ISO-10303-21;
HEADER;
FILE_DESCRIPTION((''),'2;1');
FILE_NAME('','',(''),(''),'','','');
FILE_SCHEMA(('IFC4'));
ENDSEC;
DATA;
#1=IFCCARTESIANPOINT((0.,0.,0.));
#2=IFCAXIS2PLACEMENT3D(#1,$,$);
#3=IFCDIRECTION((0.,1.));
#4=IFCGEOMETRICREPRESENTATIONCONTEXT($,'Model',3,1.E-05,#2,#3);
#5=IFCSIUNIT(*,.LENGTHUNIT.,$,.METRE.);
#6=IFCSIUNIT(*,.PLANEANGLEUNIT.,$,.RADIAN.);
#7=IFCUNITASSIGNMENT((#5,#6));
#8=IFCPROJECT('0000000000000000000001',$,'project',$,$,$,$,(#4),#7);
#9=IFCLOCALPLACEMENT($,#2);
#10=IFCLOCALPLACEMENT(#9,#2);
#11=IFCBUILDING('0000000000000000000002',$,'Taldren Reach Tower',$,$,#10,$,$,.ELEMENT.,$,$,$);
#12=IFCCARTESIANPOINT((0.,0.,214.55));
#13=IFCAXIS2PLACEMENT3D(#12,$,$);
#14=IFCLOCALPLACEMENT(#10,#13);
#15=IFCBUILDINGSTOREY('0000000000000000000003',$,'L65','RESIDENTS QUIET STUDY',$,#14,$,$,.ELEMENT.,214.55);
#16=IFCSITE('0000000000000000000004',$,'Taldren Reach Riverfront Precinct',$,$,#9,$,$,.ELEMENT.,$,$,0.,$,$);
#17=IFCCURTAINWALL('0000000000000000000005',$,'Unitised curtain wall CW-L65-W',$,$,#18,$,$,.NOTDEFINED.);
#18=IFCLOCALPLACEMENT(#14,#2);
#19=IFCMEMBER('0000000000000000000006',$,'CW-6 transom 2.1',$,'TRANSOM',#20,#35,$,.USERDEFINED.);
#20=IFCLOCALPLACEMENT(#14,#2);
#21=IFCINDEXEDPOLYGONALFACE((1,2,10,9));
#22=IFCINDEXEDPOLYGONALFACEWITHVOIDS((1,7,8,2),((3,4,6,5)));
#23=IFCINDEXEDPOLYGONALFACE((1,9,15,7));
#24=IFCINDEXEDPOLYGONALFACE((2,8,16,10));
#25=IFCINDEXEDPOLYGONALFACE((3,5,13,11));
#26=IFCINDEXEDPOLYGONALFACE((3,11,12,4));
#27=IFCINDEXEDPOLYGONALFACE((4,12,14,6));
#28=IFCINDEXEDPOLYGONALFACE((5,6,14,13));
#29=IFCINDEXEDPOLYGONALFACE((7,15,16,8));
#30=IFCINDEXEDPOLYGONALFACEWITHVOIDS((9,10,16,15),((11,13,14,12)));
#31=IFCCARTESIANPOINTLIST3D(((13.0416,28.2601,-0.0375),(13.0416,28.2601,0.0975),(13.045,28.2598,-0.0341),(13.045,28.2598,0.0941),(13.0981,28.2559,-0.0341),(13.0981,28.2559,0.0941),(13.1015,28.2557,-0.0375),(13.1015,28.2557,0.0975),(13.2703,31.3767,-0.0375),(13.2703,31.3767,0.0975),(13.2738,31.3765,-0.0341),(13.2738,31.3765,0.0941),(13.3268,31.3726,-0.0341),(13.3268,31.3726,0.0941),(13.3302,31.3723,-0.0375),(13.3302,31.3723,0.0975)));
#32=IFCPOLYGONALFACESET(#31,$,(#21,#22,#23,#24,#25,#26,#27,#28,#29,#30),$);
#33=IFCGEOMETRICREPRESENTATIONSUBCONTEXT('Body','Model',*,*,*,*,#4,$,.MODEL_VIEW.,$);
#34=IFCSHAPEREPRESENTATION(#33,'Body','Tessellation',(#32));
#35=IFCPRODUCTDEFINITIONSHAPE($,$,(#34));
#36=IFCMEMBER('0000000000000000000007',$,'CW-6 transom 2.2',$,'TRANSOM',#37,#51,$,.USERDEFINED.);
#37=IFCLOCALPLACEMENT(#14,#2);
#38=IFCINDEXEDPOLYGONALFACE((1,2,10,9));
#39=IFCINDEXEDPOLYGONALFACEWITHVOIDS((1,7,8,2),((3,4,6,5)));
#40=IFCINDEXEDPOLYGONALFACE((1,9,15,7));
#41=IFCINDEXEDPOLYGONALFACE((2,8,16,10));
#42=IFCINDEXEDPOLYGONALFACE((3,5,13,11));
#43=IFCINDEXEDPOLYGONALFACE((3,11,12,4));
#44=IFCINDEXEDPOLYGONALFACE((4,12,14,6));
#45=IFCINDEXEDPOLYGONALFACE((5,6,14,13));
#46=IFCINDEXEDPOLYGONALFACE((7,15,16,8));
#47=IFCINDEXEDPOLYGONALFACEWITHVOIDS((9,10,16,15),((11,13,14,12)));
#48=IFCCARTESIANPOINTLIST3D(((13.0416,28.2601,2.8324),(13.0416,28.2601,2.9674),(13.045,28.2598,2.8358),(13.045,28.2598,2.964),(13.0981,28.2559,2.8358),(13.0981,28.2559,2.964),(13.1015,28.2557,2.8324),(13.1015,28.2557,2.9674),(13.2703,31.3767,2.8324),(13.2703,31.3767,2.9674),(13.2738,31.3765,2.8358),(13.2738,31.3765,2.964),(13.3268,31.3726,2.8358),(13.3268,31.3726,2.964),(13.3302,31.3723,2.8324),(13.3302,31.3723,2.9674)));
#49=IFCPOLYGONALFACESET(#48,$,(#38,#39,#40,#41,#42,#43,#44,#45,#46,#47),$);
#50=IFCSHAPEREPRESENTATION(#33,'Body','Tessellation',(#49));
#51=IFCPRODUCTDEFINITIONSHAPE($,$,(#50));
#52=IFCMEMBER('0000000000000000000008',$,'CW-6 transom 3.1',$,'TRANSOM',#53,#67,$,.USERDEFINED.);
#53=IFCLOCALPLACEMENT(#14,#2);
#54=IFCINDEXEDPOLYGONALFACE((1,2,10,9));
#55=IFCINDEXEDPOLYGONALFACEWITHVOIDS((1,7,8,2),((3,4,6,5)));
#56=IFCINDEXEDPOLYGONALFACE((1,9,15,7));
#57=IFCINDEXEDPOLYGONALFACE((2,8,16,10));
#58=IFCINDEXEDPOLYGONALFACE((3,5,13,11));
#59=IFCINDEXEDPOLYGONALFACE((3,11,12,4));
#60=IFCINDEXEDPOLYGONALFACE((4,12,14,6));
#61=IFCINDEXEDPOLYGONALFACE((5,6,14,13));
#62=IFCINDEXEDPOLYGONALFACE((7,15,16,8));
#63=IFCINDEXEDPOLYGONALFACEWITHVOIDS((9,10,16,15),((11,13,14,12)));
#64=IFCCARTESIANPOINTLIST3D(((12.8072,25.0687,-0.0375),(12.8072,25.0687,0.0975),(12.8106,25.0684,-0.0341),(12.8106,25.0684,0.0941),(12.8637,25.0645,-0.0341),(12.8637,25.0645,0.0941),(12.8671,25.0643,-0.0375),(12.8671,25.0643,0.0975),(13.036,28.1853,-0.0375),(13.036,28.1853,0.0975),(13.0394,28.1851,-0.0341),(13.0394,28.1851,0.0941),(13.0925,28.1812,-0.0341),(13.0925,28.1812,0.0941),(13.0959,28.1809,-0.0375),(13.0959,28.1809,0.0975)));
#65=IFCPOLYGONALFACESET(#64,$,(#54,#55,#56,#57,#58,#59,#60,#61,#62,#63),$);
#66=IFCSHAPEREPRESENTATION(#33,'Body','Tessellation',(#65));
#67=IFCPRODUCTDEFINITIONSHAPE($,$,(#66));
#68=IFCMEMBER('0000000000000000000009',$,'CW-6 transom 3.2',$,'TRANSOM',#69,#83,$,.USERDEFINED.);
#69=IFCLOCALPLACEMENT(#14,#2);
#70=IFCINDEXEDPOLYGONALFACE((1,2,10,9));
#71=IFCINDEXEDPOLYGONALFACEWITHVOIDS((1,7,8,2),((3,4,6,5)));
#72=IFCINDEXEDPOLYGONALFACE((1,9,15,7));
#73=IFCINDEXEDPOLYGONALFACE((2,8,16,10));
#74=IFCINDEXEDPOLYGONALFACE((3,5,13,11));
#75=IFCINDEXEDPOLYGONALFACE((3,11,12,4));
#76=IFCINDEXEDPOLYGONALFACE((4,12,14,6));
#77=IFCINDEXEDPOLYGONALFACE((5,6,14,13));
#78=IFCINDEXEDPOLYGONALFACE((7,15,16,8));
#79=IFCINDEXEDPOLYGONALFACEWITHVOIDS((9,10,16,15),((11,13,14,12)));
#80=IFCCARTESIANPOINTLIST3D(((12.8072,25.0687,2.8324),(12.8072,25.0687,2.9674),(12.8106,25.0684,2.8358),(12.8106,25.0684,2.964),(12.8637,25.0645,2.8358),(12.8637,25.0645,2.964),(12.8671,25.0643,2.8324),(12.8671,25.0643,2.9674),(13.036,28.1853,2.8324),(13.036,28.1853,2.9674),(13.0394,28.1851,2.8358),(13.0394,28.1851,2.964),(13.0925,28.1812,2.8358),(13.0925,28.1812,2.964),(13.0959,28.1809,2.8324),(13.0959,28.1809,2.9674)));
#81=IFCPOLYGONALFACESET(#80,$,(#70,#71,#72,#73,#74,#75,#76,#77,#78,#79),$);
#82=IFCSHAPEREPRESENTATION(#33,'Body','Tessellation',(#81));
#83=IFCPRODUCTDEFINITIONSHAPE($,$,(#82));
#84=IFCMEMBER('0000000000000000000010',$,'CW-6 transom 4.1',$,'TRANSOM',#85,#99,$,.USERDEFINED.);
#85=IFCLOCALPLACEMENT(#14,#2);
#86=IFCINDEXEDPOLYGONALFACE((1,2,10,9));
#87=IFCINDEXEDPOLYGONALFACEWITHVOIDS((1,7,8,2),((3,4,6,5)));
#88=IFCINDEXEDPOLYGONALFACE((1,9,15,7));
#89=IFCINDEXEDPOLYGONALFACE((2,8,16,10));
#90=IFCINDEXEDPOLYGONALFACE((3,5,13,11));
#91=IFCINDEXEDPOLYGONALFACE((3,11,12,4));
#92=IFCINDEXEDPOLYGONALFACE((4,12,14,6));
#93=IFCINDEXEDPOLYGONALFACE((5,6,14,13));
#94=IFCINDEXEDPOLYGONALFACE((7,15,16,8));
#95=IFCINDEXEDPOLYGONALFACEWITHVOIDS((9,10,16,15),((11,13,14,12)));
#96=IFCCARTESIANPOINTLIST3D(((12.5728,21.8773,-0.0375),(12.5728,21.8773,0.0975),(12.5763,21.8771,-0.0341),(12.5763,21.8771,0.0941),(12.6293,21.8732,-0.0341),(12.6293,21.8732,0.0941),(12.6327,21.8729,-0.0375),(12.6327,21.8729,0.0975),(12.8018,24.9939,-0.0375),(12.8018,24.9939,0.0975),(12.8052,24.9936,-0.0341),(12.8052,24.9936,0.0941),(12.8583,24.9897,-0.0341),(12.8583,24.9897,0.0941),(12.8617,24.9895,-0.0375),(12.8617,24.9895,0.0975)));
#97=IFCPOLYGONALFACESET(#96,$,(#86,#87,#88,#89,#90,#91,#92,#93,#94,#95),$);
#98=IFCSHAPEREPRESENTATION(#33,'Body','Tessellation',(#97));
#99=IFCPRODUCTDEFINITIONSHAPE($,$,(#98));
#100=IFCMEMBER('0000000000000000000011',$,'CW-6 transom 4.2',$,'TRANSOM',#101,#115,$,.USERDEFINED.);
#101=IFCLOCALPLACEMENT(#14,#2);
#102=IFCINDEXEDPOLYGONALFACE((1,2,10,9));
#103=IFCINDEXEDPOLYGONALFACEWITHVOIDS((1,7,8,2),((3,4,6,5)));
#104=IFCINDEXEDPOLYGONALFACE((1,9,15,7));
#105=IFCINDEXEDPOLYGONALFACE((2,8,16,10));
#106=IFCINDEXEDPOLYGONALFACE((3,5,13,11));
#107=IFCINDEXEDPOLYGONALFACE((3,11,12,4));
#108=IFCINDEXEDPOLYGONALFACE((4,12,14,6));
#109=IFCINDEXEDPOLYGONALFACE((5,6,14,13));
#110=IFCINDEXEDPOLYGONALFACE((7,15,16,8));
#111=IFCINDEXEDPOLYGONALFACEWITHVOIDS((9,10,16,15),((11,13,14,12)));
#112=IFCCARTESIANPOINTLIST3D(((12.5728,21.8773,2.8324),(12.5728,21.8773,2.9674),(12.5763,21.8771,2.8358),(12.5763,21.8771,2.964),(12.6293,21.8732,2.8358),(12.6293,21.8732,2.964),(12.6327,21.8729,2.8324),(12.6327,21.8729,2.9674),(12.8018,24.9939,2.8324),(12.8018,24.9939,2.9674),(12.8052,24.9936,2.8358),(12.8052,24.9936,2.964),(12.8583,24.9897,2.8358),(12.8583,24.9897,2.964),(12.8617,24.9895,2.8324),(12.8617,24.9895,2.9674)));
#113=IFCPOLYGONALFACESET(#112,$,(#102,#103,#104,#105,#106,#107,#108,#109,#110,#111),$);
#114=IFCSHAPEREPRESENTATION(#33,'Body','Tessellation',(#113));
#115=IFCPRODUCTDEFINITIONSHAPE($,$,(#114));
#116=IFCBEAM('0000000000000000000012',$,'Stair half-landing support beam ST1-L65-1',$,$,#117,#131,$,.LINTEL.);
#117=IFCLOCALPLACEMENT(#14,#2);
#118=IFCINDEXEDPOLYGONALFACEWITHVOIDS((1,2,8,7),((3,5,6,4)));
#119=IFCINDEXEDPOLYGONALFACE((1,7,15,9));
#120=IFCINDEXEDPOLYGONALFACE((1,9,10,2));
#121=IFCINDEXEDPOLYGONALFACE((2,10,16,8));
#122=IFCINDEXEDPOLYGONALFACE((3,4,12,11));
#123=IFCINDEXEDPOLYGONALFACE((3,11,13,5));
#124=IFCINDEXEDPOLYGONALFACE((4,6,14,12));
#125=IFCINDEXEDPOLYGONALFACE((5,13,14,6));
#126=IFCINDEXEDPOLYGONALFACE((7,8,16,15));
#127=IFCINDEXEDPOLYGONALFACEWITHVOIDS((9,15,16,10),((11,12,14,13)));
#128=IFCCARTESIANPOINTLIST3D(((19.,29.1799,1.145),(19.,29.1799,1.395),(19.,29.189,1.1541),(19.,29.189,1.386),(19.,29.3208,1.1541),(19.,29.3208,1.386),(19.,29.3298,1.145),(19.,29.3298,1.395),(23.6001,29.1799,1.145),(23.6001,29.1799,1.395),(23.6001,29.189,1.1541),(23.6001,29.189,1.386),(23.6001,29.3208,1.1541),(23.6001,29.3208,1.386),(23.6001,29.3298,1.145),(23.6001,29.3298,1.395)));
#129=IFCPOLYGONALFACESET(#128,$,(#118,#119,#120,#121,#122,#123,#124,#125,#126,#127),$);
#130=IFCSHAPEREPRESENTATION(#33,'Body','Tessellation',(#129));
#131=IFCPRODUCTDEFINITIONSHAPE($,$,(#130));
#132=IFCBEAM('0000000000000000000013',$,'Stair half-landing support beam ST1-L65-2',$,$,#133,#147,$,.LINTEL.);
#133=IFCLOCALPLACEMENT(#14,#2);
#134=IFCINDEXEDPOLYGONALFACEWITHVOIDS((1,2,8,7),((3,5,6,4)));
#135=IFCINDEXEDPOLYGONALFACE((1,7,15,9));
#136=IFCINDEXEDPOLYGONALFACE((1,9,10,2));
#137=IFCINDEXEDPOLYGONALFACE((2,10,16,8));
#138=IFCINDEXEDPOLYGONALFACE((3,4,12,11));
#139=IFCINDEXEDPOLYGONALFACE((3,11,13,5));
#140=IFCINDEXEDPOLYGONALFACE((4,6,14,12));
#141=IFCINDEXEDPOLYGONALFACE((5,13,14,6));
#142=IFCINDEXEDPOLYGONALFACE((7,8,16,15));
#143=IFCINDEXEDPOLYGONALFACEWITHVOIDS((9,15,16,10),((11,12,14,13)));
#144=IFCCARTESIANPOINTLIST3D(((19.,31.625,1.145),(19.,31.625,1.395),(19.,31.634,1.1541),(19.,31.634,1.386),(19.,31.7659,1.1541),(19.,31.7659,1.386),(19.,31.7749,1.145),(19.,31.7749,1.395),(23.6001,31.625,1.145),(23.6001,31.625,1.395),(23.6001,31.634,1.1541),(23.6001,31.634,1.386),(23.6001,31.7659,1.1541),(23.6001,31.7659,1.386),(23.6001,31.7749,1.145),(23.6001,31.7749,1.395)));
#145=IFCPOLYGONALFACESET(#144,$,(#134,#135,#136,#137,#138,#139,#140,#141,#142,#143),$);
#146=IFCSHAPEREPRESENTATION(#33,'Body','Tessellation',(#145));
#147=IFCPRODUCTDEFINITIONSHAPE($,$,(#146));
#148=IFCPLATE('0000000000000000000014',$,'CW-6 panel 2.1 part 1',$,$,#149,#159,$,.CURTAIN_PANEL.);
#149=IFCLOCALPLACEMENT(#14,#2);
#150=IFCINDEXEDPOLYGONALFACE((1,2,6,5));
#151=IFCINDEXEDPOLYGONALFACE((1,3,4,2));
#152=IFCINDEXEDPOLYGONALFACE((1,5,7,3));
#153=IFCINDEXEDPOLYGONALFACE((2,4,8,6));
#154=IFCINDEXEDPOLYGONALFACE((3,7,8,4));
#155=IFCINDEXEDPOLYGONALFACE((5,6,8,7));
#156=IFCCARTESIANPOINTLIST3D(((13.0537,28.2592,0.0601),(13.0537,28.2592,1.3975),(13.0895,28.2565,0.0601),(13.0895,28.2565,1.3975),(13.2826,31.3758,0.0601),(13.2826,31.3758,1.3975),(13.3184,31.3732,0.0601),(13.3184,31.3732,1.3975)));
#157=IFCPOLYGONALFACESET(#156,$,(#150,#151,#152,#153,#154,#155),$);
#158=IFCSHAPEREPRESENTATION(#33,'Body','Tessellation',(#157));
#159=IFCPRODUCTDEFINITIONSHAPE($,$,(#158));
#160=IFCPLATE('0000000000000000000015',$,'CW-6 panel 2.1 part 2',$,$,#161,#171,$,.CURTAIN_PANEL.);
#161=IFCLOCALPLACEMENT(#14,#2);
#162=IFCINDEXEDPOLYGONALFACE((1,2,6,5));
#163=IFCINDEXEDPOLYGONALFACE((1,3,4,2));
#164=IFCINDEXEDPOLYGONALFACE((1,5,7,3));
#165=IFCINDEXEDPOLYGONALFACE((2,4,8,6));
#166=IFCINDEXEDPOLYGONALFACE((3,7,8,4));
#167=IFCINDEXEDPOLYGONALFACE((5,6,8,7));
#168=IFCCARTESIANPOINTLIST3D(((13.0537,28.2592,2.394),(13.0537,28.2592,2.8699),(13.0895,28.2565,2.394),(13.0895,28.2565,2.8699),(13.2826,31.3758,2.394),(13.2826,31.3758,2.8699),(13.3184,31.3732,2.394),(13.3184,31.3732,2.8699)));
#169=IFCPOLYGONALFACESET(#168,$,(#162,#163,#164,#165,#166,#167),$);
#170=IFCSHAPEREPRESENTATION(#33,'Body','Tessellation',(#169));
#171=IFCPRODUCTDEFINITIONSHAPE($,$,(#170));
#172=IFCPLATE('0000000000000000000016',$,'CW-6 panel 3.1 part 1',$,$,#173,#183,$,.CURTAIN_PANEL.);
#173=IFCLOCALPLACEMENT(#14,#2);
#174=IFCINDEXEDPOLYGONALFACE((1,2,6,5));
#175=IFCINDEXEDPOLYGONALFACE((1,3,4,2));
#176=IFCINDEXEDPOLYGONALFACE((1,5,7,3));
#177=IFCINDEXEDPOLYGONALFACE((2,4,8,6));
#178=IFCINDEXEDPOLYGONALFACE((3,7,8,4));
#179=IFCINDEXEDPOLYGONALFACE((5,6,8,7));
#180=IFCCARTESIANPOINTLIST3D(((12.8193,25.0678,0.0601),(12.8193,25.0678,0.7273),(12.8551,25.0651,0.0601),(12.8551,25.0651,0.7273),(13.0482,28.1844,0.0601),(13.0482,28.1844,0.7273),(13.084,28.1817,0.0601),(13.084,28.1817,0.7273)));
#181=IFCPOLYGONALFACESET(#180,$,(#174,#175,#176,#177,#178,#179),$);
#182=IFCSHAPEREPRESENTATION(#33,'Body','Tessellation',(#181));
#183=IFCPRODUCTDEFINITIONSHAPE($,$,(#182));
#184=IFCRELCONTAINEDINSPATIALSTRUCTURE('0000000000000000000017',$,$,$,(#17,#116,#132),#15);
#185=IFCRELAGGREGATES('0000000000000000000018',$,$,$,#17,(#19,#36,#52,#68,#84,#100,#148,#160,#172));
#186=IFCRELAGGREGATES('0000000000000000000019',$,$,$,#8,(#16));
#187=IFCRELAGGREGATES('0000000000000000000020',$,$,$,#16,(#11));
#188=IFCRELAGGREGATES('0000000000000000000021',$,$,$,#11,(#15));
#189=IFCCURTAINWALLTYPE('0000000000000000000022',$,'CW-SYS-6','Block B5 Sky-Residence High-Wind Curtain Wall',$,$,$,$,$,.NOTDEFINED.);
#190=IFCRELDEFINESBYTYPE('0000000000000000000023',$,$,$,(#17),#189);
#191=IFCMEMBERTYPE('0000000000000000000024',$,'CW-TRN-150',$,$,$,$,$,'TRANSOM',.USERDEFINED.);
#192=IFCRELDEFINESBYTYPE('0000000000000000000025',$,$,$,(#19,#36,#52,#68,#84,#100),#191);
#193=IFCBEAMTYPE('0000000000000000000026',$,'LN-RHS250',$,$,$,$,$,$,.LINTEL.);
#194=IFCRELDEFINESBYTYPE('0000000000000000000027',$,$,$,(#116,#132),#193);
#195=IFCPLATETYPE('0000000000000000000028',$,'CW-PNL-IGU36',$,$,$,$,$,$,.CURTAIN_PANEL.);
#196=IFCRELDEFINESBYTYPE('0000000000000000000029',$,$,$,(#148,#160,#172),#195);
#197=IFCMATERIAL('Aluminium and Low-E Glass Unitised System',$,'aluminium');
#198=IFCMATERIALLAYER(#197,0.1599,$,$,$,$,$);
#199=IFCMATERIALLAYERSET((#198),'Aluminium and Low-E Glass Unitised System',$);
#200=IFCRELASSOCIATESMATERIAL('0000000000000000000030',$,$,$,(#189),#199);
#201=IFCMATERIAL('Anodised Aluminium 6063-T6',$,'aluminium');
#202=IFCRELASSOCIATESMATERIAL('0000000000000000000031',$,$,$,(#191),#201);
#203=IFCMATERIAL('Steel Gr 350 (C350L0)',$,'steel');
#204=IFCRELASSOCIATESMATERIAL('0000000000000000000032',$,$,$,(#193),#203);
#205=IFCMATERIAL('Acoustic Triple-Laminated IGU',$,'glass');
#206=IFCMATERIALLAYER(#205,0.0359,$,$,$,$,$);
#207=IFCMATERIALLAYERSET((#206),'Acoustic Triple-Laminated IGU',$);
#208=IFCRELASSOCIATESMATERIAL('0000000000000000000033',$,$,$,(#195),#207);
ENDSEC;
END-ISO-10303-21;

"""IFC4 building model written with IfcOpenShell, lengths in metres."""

from ifc_helpers import new_model, si_unit, direction, frame, origin, origin_2d, place, context, subcontext, project, spatial, rectangle, hollow_rectangle, extrude, source, transform, mapped, material, layer, layer_set, material_profile, profile_set, type_object, element, aggregate, save


model = new_model("IFC4")

# Units and contexts
model_context = context("Model", 3, precision=1e-05, world=origin(), true_north=direction((0.0, 1.0)))
body_context = subcontext(model_context, "Body", "Model", "MODEL_VIEW")
ifc_project = project(units=[si_unit("LENGTHUNIT", "METRE"), si_unit("PLANEANGLEUNIT", "RADIAN")], contexts=[model_context])

# Site, building, storey
site_placement = place(None, origin())
site = spatial("IfcSite", under=ifc_project, at=site_placement, Name="Taldren Reach Riverfront Precinct", CompositionType="ELEMENT", RefElevation=0.0)
building_placement = place(site_placement, origin())
building = spatial("IfcBuilding", under=site, at=building_placement, Name="Taldren Reach Tower", CompositionType="ELEMENT")
storey_placement = place(building_placement, frame((0.0, 0.0, 214.55)))
storey = spatial("IfcBuildingStorey", under=building, at=storey_placement, Name="L65", Description="RESIDENTS QUIET STUDY", CompositionType="ELEMENT", Elevation=214.55)

# Curtain wall, members
ifc_material_1 = material(Name="Aluminium and Low-E Glass Unitised System", Category="aluminium")
ifc_layer_1 = layer(ifc_material_1, 0.1599)
ifc_layer_set_1 = layer_set([ifc_layer_1], Name="Aluminium and Low-E Glass Unitised System")
curtain_wall_type = type_object("IfcCurtainWallType", Name="CW-SYS-6", Description="Block B5 Sky-Residence High-Wind Curtain Wall", PredefinedType="NOTDEFINED", material=ifc_layer_set_1)
curtain_wall_placement = place(storey_placement, origin())
curtain_wall = element("IfcCurtainWall", 1, at=curtain_wall_placement, inside=storey, type_object=curtain_wall_type, Name="Unitised curtain wall CW-L65-W", PredefinedType="NOTDEFINED")
ifc_material_2 = material(Name="Anodised Aluminium 6063-T6", Category="aluminium")
ifc_material_profile_1 = material_profile(ifc_material_2, hollow_rectangle(XDim=0.0601, YDim=0.135, WallThickness=0.0034, at=origin_2d()), Name="ALU-135x60x3.5RHS")
ifc_profile_set_1 = profile_set([ifc_material_profile_1], Name="Anodised Aluminium 6063-T6")
member_type_1 = type_object("IfcMemberType", Name="CW-TRN-150", ElementType="TRANSOM", PredefinedType="USERDEFINED", material=ifc_profile_set_1)
shared_shape_1 = source(origin(), body_context, "Body", "SweptSolid", [
    extrude(hollow_rectangle(XDim=0.0601, YDim=0.135, WallThickness=0.0034, at=origin_2d()), origin(), (0.0, 0.0, 1.0), 3.125),
])
member_1_placement = place(storey_placement, frame((13.3003, 31.3745, 0.03), z_axis=(-0.073201, -0.997317, 0.0), x_axis=(0.997317, -0.073201, 0.0)))
member_1 = element("IfcMember", 2, at=member_1_placement, type_object=member_type_1, Name="CW-6 transom 2.1", ObjectType="TRANSOM", PredefinedType="USERDEFINED", context=body_context, shape_type="MappedRepresentation", body=[
    mapped(shared_shape_1, transform((0.0, 0.0, 0.0), scale=1.0)),
])
member_2_placement = place(storey_placement, frame((13.3003, 31.3745, 2.8999), z_axis=(-0.073201, -0.997317, 0.0), x_axis=(0.997317, -0.073201, 0.0)))
member_2 = element("IfcMember", 3, at=member_2_placement, type_object=member_type_1, Name="CW-6 transom 2.2", ObjectType="TRANSOM", PredefinedType="USERDEFINED", context=body_context, shape_type="MappedRepresentation", body=[
    mapped(shared_shape_1, transform((0.0, 0.0, 0.0), scale=1.0)),
])
member_3_placement = place(storey_placement, frame((13.0659, 28.1831, 0.03), z_axis=(-0.073201, -0.997317, 0.0), x_axis=(0.997317, -0.073201, 0.0)))
member_3 = element("IfcMember", 4, at=member_3_placement, type_object=member_type_1, Name="CW-6 transom 3.1", ObjectType="TRANSOM", PredefinedType="USERDEFINED", context=body_context, shape_type="MappedRepresentation", body=[
    mapped(shared_shape_1, transform((0.0, 0.0, 0.0), scale=1.0)),
])
member_4_placement = place(storey_placement, frame((13.0659, 28.1831, 2.8999), z_axis=(-0.073201, -0.997317, 0.0), x_axis=(0.997317, -0.073201, 0.0)))
member_4 = element("IfcMember", 5, at=member_4_placement, type_object=member_type_1, Name="CW-6 transom 3.2", ObjectType="TRANSOM", PredefinedType="USERDEFINED", context=body_context, shape_type="MappedRepresentation", body=[
    mapped(shared_shape_1, transform((0.0, 0.0, 0.0), scale=1.0)),
])
member_5_placement = place(storey_placement, frame((12.8318, 24.9917, 0.03), z_axis=(-0.073279, -0.997311, 0.0), x_axis=(0.997311, -0.073279, 0.0)))
member_5 = element("IfcMember", 6, at=member_5_placement, type_object=member_type_1, Name="CW-6 transom 4.1", ObjectType="TRANSOM", PredefinedType="USERDEFINED", context=body_context, shape_type="MappedRepresentation", body=[
    mapped(shared_shape_1, transform((0.0, 0.0, 0.0), scale=1.0)),
])
member_6_placement = place(storey_placement, frame((12.8318, 24.9917, 2.8999), z_axis=(-0.073279, -0.997311, 0.0), x_axis=(0.997311, -0.073279, 0.0)))
member_6 = element("IfcMember", 7, at=member_6_placement, type_object=member_type_1, Name="CW-6 transom 4.2", ObjectType="TRANSOM", PredefinedType="USERDEFINED", context=body_context, shape_type="MappedRepresentation", body=[
    mapped(shared_shape_1, transform((0.0, 0.0, 0.0), scale=1.0)),
])

# Beams
ifc_material_3 = material(Name="Steel Gr 350 (C350L0)", Category="steel")
ifc_material_profile_2 = material_profile(ifc_material_3, hollow_rectangle(XDim=0.1499, YDim=0.25, WallThickness=0.009, at=origin_2d()), Name="250x150x9.0RHS")
ifc_profile_set_2 = profile_set([ifc_material_profile_2], Name="Steel Gr 350 (C350L0)")
beam_type_1 = type_object("IfcBeamType", Name="LN-RHS250", PredefinedType="LINTEL", material=ifc_profile_set_2)
shared_shape_2 = source(origin(), body_context, "Body", "SweptSolid", [
    extrude(hollow_rectangle(XDim=0.1499, YDim=0.25, WallThickness=0.009, at=origin_2d()), origin(), (0.0, 0.0, 1.0), 4.6001),
])
for number, where, z_axis, x_axis, name in (
    (8, (19.0, 29.2549, 1.27), (1.0, 0.0, 0.0), (0.0, 1.0, 0.0), "Stair half-landing support beam ST1-L65-1"),
    (9, (19.0, 31.7, 1.27), (1.0, 0.0, 0.0), (0.0, 1.0, 0.0), "Stair half-landing support beam ST1-L65-2"),
):
    element("IfcBeam", number, at=place(storey_placement, frame(where, z_axis=z_axis, x_axis=x_axis)), inside=storey, type_object=beam_type_1, Name=name, PredefinedType="LINTEL", context=body_context, shape_type="MappedRepresentation", body=[
        mapped(shared_shape_2, transform((0.0, 0.0, 0.0), scale=1.0)),
    ])

# Plates
ifc_material_4 = material(Name="Acoustic Triple-Laminated IGU", Category="glass")
ifc_layer_2 = layer(ifc_material_4, 0.0359)
ifc_layer_set_2 = layer_set([ifc_layer_2], Name="Acoustic Triple-Laminated IGU")
plate_type = type_object("IfcPlateType", Name="CW-PNL-IGU36", PredefinedType="CURTAIN_PANEL", material=ifc_layer_set_2)
shared_shape_3 = source(origin(), body_context, "Body", "SweptSolid", [
    extrude(rectangle(XDim=3.125, YDim=0.0359, at=origin_2d()), origin(), (0.0, 0.0, 1.0), 1.3374),
])
plate_1_placement = place(storey_placement, frame((13.186, 29.8162, 0.0601), z_axis=(0.0, 0.0, 1.0), x_axis=(-0.073238, -0.997314, 0.0)))
plate_1 = element("IfcPlate", 10, at=plate_1_placement, type_object=plate_type, Name="CW-6 panel 2.1 part 1", PredefinedType="CURTAIN_PANEL", context=body_context, shape_type="MappedRepresentation", body=[
    mapped(shared_shape_3, transform((0.0, 0.0, 0.0), scale=1.0)),
])
shared_shape_4 = source(origin(), body_context, "Body", "SweptSolid", [
    extrude(rectangle(XDim=3.125, YDim=0.0359, at=origin_2d()), origin(), (0.0, 0.0, 1.0), 0.4758),
])
plate_2_placement = place(storey_placement, frame((13.186, 29.8162, 2.394), z_axis=(0.0, 0.0, 1.0), x_axis=(-0.073238, -0.997314, 0.0)))
plate_2 = element("IfcPlate", 11, at=plate_2_placement, type_object=plate_type, Name="CW-6 panel 2.1 part 2", PredefinedType="CURTAIN_PANEL", context=body_context, shape_type="MappedRepresentation", body=[
    mapped(shared_shape_4, transform((0.0, 0.0, 0.0), scale=1.0)),
])
shared_shape_5 = source(origin(), body_context, "Body", "SweptSolid", [
    extrude(rectangle(XDim=3.125, YDim=0.0359, at=origin_2d()), origin(), (0.0, 0.0, 1.0), 0.6672),
])
plate_3_placement = place(storey_placement, frame((12.9517, 26.6248, 0.0601), z_axis=(0.0, 0.0, 1.0), x_axis=(-0.073238, -0.997314, 0.0)))
plate_3 = element("IfcPlate", 12, at=plate_3_placement, type_object=plate_type, Name="CW-6 panel 3.1 part 1", PredefinedType="CURTAIN_PANEL", context=body_context, shape_type="MappedRepresentation", body=[
    mapped(shared_shape_5, transform((0.0, 0.0, 0.0), scale=1.0)),
])
aggregate(curtain_wall, [member_1, member_2, member_3, member_4, member_5, member_6, plate_1, plate_2, plate_3])

save(model, "model.ifc")
